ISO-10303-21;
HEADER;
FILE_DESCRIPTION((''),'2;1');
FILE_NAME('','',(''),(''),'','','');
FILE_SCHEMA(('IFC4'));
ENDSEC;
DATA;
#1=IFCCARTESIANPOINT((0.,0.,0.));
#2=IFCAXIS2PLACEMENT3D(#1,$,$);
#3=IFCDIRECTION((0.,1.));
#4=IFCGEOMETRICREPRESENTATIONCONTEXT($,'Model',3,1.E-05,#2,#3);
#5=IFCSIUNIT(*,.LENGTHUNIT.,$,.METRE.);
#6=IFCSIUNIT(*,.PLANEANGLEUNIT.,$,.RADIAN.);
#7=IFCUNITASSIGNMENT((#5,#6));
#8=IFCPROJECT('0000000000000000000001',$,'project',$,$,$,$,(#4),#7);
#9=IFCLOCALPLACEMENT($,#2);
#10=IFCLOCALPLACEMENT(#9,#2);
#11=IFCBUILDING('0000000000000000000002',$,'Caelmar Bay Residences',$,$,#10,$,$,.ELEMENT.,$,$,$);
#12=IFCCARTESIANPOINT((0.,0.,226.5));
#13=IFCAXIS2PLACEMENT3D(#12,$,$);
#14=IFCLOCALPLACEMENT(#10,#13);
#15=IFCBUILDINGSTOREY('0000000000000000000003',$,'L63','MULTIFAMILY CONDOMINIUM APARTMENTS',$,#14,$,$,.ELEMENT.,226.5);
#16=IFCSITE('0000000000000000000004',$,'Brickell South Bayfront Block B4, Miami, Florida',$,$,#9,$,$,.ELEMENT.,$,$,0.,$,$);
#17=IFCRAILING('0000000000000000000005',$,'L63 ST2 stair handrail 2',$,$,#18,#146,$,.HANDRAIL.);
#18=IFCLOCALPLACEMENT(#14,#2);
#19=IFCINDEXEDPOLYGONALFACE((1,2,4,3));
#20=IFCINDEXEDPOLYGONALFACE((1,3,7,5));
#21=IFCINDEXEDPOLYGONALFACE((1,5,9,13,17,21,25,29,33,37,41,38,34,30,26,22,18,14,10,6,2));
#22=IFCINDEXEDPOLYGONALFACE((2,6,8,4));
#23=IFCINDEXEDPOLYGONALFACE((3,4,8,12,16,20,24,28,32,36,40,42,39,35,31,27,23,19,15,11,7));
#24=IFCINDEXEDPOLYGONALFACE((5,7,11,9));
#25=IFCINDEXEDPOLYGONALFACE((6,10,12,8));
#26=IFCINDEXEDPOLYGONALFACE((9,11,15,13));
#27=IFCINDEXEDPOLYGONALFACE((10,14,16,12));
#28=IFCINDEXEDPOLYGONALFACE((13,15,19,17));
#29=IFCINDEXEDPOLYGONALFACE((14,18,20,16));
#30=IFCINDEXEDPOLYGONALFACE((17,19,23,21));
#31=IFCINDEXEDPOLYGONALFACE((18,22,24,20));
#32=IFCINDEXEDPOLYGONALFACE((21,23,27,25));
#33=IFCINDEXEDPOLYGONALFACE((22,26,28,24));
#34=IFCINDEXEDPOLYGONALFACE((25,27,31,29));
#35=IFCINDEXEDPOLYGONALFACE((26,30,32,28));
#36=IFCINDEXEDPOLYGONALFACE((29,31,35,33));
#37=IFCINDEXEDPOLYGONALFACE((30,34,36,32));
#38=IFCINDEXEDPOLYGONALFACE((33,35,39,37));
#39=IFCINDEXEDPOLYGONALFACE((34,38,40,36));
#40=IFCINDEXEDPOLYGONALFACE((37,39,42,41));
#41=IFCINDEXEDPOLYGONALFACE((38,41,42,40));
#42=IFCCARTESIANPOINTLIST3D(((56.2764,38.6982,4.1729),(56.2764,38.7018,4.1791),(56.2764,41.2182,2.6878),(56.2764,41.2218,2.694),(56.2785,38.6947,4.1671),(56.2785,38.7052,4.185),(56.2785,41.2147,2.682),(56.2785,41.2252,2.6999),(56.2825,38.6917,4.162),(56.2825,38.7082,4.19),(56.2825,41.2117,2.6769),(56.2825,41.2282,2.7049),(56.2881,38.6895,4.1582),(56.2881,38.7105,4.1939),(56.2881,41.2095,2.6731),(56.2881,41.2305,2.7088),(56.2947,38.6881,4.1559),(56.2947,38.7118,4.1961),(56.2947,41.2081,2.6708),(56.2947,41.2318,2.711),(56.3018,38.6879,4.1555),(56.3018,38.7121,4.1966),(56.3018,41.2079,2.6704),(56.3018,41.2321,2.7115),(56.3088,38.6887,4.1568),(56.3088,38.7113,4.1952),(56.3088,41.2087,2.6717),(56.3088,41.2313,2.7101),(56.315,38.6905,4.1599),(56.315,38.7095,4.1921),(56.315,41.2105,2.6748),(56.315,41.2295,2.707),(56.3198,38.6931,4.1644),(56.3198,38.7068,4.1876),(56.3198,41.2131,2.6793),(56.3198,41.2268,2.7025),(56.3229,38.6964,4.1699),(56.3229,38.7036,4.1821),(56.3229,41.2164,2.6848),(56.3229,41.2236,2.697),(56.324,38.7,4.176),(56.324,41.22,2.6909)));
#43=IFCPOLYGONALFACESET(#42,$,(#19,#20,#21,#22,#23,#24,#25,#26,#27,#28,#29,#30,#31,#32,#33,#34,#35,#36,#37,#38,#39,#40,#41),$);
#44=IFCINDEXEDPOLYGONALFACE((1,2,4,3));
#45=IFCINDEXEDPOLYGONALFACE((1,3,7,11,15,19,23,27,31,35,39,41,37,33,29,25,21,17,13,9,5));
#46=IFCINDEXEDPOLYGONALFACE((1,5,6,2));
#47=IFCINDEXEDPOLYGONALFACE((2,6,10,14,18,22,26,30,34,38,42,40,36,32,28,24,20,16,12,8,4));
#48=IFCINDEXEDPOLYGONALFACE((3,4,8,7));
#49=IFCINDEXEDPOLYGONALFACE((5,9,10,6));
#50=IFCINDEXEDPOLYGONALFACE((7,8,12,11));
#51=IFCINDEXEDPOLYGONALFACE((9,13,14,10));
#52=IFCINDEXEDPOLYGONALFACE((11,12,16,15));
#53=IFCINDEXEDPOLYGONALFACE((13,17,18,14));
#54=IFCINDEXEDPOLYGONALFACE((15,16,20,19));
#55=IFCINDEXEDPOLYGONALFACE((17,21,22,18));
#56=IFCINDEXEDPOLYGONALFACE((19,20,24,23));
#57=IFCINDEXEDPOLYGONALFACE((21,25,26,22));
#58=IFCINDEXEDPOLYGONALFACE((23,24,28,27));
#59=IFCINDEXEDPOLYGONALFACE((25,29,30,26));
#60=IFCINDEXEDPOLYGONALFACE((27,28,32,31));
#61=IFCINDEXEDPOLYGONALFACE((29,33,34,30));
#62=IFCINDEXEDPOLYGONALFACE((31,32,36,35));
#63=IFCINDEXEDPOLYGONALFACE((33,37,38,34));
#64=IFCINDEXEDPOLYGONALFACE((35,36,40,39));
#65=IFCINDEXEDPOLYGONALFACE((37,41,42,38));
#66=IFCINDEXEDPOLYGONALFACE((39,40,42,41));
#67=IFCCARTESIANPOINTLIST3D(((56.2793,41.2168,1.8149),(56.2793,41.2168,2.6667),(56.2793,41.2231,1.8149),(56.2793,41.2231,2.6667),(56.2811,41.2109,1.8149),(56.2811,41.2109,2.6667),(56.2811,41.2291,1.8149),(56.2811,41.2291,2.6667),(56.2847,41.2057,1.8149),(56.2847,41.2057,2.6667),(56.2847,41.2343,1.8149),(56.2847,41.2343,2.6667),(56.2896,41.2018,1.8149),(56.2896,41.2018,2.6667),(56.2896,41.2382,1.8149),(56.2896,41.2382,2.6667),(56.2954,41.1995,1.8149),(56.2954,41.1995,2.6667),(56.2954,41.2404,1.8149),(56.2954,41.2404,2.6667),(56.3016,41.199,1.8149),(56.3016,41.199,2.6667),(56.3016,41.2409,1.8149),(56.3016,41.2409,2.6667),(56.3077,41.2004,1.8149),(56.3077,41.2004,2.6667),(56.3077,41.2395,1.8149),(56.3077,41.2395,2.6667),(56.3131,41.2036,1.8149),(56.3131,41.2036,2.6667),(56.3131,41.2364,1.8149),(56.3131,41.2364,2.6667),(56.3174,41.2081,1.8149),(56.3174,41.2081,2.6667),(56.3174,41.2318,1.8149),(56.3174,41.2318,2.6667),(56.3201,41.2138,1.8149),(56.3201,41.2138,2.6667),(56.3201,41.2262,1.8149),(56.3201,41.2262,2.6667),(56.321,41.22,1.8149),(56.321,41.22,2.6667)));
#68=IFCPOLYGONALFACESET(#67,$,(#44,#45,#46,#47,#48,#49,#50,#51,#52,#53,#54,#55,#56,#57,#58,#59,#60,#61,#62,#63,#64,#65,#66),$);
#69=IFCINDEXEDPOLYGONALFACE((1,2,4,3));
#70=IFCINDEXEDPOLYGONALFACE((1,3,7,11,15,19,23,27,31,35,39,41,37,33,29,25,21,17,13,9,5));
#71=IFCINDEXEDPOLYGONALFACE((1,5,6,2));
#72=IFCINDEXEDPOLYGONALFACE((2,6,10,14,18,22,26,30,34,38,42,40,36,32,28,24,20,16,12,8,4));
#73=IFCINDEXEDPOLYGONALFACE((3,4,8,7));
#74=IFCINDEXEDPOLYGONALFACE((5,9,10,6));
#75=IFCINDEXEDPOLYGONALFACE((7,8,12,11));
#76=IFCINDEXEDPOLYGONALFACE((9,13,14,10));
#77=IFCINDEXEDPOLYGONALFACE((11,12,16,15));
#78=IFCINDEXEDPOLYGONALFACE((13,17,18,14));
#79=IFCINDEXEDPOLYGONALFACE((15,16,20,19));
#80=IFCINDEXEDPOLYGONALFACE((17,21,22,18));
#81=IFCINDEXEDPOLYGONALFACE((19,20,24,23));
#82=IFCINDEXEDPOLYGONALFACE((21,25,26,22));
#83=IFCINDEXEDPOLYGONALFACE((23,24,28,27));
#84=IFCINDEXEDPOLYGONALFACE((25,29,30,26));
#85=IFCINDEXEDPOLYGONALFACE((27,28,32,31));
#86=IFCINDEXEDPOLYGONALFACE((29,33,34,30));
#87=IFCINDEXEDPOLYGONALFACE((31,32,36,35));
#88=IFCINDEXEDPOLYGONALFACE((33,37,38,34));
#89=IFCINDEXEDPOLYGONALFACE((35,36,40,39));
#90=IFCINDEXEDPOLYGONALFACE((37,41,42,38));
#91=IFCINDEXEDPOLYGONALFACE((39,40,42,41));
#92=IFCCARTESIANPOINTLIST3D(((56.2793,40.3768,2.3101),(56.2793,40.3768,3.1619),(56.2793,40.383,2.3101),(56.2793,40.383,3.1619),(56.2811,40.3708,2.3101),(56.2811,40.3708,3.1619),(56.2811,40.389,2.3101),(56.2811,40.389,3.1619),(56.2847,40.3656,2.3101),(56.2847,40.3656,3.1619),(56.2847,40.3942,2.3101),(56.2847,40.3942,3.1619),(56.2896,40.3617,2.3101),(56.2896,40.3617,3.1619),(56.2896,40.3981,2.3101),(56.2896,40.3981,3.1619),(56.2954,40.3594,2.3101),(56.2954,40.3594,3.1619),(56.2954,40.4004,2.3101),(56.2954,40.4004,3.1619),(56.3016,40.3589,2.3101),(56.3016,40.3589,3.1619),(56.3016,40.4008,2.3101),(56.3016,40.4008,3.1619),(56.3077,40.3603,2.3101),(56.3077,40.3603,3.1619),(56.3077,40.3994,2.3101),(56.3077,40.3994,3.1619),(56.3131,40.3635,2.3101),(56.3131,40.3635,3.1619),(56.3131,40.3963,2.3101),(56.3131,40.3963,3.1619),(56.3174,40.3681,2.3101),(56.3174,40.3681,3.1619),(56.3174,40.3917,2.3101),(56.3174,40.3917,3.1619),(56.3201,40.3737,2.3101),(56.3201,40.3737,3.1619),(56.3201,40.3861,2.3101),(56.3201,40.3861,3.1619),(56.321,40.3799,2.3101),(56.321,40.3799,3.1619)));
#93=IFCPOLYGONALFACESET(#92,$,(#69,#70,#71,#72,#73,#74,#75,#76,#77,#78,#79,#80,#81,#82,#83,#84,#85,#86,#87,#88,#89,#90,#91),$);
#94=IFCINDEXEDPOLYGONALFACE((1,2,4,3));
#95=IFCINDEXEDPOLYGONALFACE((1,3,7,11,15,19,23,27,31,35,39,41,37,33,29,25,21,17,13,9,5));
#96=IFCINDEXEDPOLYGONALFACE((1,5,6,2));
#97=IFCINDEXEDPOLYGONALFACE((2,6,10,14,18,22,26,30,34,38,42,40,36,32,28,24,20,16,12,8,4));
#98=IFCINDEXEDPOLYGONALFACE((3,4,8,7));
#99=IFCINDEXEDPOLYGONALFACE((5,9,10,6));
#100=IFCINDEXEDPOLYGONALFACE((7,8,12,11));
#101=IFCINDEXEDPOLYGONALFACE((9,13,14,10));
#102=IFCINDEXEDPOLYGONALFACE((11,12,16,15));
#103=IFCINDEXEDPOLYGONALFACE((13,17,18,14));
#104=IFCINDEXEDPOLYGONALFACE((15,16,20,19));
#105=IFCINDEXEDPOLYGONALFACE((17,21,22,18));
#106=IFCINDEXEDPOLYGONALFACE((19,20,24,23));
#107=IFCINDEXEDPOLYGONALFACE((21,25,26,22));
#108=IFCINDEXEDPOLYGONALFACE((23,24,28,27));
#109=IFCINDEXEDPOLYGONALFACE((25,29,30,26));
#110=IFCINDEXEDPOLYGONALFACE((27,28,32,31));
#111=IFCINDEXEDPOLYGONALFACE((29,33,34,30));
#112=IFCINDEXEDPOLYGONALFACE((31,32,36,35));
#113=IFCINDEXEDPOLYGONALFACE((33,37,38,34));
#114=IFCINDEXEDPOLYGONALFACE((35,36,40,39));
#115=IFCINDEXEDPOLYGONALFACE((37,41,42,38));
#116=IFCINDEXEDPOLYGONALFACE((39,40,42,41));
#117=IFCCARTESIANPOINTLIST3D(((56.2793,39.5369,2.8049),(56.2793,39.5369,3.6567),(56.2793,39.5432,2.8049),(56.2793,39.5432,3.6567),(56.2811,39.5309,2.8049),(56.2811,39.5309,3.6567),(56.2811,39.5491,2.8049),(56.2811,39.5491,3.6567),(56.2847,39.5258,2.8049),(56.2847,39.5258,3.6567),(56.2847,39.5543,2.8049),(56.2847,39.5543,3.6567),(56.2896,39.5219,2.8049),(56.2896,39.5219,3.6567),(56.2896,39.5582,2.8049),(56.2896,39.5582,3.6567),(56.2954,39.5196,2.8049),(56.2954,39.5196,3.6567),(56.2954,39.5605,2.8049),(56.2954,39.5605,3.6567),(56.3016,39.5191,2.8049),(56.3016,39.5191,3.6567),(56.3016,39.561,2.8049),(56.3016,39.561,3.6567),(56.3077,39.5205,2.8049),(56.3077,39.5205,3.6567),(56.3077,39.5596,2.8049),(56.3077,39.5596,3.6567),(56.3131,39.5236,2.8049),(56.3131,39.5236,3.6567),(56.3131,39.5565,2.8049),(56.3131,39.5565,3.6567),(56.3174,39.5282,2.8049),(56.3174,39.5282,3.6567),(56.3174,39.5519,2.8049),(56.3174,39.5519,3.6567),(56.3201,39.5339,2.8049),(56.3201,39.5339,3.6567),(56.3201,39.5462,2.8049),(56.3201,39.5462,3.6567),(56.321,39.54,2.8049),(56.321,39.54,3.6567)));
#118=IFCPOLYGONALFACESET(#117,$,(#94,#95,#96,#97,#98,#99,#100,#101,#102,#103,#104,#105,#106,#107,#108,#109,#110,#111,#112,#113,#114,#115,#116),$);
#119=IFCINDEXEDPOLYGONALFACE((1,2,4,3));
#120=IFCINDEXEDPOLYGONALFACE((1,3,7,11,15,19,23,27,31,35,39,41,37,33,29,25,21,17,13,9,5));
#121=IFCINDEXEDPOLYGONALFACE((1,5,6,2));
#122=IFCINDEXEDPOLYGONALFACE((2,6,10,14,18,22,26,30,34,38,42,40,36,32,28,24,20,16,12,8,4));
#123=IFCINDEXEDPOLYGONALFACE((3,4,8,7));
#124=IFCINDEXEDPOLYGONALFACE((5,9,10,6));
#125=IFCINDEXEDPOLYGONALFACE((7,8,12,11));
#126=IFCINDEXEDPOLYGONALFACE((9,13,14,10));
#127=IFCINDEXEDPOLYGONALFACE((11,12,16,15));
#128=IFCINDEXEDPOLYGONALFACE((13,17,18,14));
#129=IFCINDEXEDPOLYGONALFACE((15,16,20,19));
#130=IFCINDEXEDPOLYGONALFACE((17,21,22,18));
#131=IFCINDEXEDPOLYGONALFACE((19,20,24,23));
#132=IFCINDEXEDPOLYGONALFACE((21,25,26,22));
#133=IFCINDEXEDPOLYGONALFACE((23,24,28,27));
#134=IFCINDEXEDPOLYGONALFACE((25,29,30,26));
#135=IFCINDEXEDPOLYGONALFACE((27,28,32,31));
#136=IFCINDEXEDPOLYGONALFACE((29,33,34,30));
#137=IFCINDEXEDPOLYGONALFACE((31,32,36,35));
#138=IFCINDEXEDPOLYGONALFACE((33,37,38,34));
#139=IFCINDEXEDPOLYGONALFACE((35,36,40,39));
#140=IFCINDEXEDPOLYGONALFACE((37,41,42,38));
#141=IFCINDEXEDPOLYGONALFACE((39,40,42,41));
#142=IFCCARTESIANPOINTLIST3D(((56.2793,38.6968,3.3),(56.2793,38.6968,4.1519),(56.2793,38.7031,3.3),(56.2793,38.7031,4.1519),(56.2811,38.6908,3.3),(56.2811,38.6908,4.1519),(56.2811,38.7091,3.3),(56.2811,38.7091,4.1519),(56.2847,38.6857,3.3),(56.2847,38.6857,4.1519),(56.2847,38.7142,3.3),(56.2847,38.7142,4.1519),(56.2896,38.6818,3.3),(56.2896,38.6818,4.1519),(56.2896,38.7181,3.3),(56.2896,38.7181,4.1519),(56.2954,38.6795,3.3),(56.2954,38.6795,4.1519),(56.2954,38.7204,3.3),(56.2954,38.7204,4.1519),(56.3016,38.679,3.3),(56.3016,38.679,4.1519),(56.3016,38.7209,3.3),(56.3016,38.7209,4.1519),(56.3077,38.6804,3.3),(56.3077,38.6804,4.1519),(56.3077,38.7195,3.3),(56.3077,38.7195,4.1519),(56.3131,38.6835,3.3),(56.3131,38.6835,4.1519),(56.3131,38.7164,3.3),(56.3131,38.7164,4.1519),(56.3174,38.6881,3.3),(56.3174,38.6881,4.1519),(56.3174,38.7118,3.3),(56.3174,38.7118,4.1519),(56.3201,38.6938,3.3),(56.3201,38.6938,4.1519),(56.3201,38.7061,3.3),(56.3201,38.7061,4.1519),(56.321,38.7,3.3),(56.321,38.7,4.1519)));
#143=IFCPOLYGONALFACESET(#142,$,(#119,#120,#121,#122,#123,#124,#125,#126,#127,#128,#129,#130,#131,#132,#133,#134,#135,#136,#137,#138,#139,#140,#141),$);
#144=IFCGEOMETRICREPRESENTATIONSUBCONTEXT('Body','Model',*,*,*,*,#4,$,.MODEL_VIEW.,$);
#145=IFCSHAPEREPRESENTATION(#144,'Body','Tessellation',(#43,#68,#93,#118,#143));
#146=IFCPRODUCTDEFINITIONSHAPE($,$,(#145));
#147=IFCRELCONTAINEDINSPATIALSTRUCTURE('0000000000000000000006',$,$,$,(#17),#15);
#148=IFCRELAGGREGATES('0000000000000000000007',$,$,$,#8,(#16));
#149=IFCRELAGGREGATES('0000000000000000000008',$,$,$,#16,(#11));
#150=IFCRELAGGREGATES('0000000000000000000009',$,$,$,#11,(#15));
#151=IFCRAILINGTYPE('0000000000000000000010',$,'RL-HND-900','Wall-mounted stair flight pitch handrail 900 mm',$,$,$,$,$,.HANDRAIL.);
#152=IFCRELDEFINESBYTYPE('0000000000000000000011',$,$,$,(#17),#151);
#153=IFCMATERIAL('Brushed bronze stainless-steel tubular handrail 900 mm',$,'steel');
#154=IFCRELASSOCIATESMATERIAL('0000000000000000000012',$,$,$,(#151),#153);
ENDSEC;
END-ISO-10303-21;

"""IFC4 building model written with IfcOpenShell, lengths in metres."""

from ifc_helpers import new_model, si_unit, direction, frame, origin, origin_2d, place, context, subcontext, project, spatial, circle, extrude, material, type_object, element, save


model = new_model("IFC4")

# Units and contexts
model_context = context("Model", 3, precision=1e-05, world=origin(), true_north=direction((0.0, 1.0)))
body_context = subcontext(model_context, "Body", "Model", "MODEL_VIEW")
ifc_project = project(units=[si_unit("LENGTHUNIT", "METRE"), si_unit("PLANEANGLEUNIT", "RADIAN")], contexts=[model_context])

# Site, building, storey
site_placement = place(None, origin())
site = spatial("IfcSite", under=ifc_project, at=site_placement, Name="Brickell South Bayfront Block B4, Miami, Florida", CompositionType="ELEMENT", RefElevation=0.0)
building_placement = place(site_placement, origin())
building = spatial("IfcBuilding", under=site, at=building_placement, Name="Caelmar Bay Residences", CompositionType="ELEMENT")
storey_placement = place(building_placement, frame((0.0, 0.0, 226.5)))
storey = spatial("IfcBuildingStorey", under=building, at=storey_placement, Name="L63", Description="MULTIFAMILY CONDOMINIUM APARTMENTS", CompositionType="ELEMENT", Elevation=226.5)

# Railing
ifc_material_1 = material(Name="Brushed bronze stainless-steel tubular handrail 900 mm", Category="steel")
railing_type_1 = type_object("IfcRailingType", Name="RL-HND-900", Description="Wall-mounted stair flight pitch handrail 900 mm", PredefinedType="HANDRAIL", material=ifc_material_1)
railing_1_placement = place(storey_placement, frame((56.3, 41.22, 1.8149)))
element("IfcRailing", 1, at=railing_1_placement, inside=storey, type_object=railing_type_1, Name="L63 ST2 stair handrail 2", PredefinedType="HANDRAIL", context=body_context, shape_type="SweptSolid", body=[
    extrude(circle(Radius=0.0239, at=origin_2d()), frame((0.0, 0.0, 0.876), z_axis=(0.0, -0.861524, 0.507717), x_axis=(1.0, 0.0, 0.0)), (0.0, 0.0, 1.0), 2.925),
    extrude(circle(Radius=0.021, at=origin_2d()), origin(), (0.0, 0.0, 1.0), 0.8518),
    extrude(circle(Radius=0.021, at=origin_2d()), frame((0.0, -0.8401, 0.4951)), (0.0, 0.0, 1.0), 0.8518),
    extrude(circle(Radius=0.021, at=origin_2d()), frame((0.0, -1.6799, 0.99)), (0.0, 0.0, 1.0), 0.8518),
    extrude(circle(Radius=0.021, at=origin_2d()), frame((0.0, -2.52, 1.4851)), (0.0, 0.0, 1.0), 0.8518),
])

save(model, "model.ifc")
